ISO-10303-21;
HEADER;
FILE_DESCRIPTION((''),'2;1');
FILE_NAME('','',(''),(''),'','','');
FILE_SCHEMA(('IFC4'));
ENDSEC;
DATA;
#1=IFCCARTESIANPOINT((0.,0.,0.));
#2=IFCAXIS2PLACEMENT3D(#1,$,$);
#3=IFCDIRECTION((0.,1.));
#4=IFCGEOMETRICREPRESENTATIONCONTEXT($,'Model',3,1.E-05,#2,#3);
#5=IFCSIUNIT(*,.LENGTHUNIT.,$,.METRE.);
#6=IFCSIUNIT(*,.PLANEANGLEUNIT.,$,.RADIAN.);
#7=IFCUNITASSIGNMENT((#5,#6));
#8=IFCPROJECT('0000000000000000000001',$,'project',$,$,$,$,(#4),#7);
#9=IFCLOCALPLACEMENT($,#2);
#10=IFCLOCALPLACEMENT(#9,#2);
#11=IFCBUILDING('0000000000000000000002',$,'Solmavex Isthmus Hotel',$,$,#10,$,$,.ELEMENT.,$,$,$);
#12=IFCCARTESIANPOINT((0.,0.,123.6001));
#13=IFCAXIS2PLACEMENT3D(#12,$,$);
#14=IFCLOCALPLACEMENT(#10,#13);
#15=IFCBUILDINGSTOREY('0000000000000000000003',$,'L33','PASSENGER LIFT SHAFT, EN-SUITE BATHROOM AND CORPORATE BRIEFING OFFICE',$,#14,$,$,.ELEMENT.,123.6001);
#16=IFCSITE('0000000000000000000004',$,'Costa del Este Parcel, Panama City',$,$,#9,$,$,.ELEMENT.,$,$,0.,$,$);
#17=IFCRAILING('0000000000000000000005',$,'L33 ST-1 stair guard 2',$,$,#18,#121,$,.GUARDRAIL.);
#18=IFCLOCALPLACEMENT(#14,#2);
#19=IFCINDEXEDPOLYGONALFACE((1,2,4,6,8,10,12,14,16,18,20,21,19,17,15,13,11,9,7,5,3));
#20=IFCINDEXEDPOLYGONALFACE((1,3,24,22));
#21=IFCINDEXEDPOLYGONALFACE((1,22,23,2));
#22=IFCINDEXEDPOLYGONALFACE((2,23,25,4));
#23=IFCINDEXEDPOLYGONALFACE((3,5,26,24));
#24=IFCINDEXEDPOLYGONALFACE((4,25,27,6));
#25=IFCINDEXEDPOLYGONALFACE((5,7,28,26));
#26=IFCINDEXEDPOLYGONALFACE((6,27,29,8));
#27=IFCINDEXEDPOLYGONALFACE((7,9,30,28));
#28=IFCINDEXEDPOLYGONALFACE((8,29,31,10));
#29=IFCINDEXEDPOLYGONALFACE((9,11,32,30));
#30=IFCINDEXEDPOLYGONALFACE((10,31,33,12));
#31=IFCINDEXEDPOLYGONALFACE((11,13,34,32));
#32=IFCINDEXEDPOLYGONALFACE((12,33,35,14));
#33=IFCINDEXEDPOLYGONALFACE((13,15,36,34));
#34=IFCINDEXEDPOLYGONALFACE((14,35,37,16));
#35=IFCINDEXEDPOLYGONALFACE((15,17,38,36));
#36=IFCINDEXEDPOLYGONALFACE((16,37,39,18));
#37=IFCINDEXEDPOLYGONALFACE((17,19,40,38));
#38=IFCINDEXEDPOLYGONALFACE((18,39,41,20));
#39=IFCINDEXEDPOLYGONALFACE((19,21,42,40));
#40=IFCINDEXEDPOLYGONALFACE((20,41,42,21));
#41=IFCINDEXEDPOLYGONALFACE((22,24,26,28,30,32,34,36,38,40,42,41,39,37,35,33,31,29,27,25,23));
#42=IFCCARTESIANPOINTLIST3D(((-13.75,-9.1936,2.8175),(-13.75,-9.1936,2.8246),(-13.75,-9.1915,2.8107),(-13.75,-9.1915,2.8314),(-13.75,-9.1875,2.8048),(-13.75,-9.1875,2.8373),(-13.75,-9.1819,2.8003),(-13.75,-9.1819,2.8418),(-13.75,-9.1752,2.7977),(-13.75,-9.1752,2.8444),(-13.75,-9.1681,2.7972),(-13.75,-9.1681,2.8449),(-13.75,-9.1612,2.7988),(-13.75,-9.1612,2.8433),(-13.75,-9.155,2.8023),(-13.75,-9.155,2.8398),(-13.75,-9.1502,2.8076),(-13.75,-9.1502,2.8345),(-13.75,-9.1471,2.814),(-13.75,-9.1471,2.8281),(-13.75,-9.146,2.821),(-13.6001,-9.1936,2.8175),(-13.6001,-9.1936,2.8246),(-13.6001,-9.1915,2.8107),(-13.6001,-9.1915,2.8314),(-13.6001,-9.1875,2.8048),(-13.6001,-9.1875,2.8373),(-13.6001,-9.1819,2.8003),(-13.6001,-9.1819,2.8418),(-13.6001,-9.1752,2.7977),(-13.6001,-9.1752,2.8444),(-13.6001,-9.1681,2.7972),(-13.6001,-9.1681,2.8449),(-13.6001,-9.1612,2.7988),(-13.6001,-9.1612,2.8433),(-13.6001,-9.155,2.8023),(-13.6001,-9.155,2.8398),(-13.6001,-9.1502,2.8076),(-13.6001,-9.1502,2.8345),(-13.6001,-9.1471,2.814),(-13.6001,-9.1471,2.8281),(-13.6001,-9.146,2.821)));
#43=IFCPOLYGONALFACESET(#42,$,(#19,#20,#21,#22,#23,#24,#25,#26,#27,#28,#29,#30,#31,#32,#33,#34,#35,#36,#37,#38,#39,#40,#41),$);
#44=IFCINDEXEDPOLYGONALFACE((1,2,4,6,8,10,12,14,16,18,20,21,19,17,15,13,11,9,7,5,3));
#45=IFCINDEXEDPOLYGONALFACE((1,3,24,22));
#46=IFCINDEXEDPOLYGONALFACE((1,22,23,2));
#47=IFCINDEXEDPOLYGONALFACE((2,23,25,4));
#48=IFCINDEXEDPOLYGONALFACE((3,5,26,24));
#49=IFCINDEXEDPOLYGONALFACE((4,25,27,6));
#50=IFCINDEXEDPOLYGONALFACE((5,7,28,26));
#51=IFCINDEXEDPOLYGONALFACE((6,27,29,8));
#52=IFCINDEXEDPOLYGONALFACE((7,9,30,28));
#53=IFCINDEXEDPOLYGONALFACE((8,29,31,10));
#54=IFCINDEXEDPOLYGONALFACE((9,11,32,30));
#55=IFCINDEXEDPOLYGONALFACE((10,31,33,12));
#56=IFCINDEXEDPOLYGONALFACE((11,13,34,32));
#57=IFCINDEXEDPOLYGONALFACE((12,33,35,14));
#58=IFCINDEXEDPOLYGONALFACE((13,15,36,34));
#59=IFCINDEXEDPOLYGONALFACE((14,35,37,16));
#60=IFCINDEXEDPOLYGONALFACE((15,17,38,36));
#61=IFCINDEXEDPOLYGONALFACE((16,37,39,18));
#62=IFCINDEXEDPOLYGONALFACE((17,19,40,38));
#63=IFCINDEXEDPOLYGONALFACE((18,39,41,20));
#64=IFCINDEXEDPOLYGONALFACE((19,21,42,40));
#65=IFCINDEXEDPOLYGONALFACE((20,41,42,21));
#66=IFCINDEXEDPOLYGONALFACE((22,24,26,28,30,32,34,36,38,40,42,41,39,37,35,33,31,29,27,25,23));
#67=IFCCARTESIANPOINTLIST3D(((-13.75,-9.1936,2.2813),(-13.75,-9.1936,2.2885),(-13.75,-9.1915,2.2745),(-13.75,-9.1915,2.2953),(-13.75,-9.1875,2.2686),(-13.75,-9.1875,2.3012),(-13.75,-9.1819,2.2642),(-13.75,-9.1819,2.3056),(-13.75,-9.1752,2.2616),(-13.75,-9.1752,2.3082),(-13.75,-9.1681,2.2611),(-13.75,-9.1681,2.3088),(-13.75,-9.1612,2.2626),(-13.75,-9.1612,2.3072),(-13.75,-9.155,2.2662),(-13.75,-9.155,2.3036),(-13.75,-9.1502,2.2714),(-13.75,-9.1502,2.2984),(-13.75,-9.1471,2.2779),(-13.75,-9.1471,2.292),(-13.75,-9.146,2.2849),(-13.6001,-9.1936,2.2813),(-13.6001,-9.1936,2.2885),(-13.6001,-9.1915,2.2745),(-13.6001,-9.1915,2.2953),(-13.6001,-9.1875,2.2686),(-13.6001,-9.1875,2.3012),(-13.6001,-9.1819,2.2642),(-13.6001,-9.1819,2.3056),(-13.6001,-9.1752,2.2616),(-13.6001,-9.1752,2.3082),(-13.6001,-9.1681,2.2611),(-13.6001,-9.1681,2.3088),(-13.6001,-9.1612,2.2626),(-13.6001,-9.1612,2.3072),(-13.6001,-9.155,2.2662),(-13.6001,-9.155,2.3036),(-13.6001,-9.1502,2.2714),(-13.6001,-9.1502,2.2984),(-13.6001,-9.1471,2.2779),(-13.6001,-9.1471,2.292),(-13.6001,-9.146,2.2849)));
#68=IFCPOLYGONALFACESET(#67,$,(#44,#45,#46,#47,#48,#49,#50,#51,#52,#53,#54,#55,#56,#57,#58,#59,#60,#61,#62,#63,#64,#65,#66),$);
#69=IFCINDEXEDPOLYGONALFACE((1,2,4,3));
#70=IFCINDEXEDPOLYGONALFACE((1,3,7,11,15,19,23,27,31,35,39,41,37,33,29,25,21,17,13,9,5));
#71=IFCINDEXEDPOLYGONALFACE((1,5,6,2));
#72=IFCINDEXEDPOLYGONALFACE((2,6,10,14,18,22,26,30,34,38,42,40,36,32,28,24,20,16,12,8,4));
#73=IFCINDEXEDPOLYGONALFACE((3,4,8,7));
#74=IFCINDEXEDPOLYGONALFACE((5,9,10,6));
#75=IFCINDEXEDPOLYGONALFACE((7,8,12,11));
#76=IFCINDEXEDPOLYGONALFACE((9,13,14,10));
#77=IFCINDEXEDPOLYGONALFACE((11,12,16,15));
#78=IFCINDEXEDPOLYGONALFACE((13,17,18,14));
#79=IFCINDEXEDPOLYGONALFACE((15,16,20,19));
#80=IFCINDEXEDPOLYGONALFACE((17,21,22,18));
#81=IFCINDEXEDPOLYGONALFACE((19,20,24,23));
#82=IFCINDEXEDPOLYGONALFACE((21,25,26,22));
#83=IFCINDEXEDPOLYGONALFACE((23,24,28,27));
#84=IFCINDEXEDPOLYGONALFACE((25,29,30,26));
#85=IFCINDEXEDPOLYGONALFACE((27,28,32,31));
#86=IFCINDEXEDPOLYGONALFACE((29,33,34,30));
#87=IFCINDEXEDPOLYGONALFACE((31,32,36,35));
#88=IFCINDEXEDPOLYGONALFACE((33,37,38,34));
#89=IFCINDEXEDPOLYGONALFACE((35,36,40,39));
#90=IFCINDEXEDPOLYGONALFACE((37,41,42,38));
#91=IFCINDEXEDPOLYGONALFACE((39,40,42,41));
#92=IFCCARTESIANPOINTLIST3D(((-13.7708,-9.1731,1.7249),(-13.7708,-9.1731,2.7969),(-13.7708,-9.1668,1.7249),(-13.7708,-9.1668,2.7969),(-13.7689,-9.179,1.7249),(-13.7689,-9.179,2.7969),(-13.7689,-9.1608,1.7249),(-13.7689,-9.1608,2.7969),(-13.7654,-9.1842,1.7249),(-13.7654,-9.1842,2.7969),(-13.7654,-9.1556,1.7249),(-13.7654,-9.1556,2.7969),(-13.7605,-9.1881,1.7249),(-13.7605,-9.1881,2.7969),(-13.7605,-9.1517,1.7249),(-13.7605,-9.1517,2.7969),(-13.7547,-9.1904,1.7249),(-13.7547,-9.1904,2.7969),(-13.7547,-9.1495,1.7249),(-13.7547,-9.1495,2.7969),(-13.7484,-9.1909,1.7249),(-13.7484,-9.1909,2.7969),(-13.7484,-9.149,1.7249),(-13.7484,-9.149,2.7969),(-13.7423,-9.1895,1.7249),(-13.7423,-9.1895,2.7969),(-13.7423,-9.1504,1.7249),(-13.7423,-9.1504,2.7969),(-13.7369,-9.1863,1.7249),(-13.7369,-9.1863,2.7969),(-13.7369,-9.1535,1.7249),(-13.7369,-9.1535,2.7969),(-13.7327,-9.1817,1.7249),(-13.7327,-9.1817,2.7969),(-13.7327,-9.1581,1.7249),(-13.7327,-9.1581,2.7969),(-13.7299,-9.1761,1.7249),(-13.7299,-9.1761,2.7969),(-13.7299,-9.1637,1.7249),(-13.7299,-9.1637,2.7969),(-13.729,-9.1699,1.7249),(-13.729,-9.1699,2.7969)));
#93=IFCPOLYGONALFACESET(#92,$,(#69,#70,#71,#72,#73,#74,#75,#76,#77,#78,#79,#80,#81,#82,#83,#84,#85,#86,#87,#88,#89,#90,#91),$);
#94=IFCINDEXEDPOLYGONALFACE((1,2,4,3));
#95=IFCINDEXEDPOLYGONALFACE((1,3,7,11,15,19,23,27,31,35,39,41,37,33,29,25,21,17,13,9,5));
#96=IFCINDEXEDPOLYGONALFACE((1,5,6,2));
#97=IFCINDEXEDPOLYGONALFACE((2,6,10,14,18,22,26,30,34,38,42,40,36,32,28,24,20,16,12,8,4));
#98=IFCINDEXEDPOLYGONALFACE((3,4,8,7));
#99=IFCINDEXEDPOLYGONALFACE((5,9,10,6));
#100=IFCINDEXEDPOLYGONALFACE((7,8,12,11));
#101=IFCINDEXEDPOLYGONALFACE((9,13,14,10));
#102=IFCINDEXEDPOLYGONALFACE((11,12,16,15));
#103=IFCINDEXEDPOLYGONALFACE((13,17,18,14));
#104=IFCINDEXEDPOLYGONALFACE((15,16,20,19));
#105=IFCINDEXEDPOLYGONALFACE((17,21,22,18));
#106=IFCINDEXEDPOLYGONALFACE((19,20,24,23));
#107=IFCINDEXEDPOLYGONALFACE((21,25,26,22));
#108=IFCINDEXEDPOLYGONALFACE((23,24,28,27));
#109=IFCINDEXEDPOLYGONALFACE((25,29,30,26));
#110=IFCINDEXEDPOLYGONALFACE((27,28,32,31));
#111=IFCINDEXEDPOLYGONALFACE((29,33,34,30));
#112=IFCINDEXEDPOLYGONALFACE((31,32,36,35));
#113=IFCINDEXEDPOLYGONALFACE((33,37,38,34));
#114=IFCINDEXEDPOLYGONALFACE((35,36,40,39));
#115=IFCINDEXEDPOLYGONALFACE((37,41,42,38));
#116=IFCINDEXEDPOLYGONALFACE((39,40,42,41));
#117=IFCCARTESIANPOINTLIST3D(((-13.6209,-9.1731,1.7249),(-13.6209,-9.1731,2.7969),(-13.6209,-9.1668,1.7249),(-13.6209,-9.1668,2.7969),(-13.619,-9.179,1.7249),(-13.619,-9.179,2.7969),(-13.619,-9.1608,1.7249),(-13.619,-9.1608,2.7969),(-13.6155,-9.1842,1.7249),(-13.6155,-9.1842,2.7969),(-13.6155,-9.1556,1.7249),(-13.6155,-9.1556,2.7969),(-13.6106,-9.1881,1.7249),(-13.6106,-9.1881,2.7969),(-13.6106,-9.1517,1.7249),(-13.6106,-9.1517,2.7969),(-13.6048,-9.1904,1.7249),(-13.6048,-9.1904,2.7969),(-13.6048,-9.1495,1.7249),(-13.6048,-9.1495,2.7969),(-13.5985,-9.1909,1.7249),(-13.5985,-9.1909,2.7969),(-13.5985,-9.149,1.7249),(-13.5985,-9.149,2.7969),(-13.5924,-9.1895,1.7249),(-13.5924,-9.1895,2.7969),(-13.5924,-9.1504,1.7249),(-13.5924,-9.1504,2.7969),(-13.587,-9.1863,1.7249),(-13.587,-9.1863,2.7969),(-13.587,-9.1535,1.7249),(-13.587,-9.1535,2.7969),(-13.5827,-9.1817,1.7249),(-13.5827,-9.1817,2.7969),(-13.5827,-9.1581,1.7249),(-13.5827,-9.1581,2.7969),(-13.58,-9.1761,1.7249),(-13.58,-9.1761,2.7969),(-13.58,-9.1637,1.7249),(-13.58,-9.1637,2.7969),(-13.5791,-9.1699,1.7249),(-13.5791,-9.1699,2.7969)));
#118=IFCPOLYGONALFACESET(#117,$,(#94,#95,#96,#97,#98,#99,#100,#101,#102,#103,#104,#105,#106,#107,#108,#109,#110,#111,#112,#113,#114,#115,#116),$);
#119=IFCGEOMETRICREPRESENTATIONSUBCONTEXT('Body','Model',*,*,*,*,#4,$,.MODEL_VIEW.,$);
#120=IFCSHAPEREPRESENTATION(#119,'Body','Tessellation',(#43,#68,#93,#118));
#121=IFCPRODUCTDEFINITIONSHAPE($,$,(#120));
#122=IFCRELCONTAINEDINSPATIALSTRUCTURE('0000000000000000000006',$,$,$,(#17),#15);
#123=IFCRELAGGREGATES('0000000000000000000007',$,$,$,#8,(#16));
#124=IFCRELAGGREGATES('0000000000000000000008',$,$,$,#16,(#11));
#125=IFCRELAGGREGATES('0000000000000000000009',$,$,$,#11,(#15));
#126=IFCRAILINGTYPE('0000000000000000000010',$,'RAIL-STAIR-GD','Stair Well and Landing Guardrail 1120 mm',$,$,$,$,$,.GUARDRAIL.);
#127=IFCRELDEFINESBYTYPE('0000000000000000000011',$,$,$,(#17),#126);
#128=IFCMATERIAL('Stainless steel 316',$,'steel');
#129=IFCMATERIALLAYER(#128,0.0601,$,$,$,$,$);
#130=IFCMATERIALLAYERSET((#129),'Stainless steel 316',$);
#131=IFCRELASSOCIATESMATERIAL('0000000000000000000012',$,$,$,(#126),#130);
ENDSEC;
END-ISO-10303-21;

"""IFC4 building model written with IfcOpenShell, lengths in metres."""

from ifc_helpers import new_model, si_unit, direction, frame, origin, origin_2d, place, context, subcontext, project, spatial, circle, extrude, material, layer, layer_set, type_object, element, save


model = new_model("IFC4")

# Units and contexts
model_context = context("Model", 3, precision=1e-05, world=origin(), true_north=direction((0.0, 1.0)))
body_context = subcontext(model_context, "Body", "Model", "MODEL_VIEW")
ifc_project = project(units=[si_unit("LENGTHUNIT", "METRE"), si_unit("PLANEANGLEUNIT", "RADIAN")], contexts=[model_context])

# Site, building, storey
site_placement = place(None, origin())
site = spatial("IfcSite", under=ifc_project, at=site_placement, Name="Costa del Este Parcel, Panama City", CompositionType="ELEMENT", RefElevation=0.0)
building_placement = place(site_placement, origin())
building = spatial("IfcBuilding", under=site, at=building_placement, Name="Solmavex Isthmus Hotel", CompositionType="ELEMENT")
storey_placement = place(building_placement, frame((0.0, 0.0, 123.6001)))
storey = spatial("IfcBuildingStorey", under=building, at=storey_placement, Name="L33", Description="PASSENGER LIFT SHAFT, EN-SUITE BATHROOM AND CORPORATE BRIEFING OFFICE", CompositionType="ELEMENT", Elevation=123.6001)

# Shared definitions
ifc_material_1 = material(Name="Stainless steel 316", Category="steel")

# Railing
ifc_layer_1 = layer(ifc_material_1, 0.0601)
ifc_layer_set_1 = layer_set([ifc_layer_1], Name="Stainless steel 316")
railing_type_1 = type_object("IfcRailingType", Name="RAIL-STAIR-GD", Description="Stair Well and Landing Guardrail 1120 mm", PredefinedType="GUARDRAIL", material=ifc_layer_set_1)
railing_1_placement = place(storey_placement, frame((-13.75, -9.1699, 1.7249)))
element("IfcRailing", 1, at=railing_1_placement, inside=storey, type_object=railing_type_1, Name="L33 ST-1 stair guard 2", PredefinedType="GUARDRAIL", context=body_context, shape_type="SweptSolid", body=[
    extrude(circle(Radius=0.0239, at=origin_2d()), frame((0.0, 0.0, 1.0962), z_axis=(1.0, 0.0, 0.0), x_axis=(0.0, 1.0, 0.0)), (0.0, 0.0, 1.0), 0.1499),
    extrude(circle(Radius=0.0239, at=origin_2d()), frame((0.0, 0.0, 0.5601), z_axis=(1.0, 0.0, 0.0), x_axis=(0.0, 1.0, 0.0)), (0.0, 0.0, 1.0), 0.1499),
    extrude(circle(Radius=0.021, at=origin_2d()), origin(), (0.0, 0.0, 1.0), 1.072),
    extrude(circle(Radius=0.021, at=origin_2d()), frame((0.1499, 0.0, 0.0)), (0.0, 0.0, 1.0), 1.072),
])

save(model, "model.ifc")
